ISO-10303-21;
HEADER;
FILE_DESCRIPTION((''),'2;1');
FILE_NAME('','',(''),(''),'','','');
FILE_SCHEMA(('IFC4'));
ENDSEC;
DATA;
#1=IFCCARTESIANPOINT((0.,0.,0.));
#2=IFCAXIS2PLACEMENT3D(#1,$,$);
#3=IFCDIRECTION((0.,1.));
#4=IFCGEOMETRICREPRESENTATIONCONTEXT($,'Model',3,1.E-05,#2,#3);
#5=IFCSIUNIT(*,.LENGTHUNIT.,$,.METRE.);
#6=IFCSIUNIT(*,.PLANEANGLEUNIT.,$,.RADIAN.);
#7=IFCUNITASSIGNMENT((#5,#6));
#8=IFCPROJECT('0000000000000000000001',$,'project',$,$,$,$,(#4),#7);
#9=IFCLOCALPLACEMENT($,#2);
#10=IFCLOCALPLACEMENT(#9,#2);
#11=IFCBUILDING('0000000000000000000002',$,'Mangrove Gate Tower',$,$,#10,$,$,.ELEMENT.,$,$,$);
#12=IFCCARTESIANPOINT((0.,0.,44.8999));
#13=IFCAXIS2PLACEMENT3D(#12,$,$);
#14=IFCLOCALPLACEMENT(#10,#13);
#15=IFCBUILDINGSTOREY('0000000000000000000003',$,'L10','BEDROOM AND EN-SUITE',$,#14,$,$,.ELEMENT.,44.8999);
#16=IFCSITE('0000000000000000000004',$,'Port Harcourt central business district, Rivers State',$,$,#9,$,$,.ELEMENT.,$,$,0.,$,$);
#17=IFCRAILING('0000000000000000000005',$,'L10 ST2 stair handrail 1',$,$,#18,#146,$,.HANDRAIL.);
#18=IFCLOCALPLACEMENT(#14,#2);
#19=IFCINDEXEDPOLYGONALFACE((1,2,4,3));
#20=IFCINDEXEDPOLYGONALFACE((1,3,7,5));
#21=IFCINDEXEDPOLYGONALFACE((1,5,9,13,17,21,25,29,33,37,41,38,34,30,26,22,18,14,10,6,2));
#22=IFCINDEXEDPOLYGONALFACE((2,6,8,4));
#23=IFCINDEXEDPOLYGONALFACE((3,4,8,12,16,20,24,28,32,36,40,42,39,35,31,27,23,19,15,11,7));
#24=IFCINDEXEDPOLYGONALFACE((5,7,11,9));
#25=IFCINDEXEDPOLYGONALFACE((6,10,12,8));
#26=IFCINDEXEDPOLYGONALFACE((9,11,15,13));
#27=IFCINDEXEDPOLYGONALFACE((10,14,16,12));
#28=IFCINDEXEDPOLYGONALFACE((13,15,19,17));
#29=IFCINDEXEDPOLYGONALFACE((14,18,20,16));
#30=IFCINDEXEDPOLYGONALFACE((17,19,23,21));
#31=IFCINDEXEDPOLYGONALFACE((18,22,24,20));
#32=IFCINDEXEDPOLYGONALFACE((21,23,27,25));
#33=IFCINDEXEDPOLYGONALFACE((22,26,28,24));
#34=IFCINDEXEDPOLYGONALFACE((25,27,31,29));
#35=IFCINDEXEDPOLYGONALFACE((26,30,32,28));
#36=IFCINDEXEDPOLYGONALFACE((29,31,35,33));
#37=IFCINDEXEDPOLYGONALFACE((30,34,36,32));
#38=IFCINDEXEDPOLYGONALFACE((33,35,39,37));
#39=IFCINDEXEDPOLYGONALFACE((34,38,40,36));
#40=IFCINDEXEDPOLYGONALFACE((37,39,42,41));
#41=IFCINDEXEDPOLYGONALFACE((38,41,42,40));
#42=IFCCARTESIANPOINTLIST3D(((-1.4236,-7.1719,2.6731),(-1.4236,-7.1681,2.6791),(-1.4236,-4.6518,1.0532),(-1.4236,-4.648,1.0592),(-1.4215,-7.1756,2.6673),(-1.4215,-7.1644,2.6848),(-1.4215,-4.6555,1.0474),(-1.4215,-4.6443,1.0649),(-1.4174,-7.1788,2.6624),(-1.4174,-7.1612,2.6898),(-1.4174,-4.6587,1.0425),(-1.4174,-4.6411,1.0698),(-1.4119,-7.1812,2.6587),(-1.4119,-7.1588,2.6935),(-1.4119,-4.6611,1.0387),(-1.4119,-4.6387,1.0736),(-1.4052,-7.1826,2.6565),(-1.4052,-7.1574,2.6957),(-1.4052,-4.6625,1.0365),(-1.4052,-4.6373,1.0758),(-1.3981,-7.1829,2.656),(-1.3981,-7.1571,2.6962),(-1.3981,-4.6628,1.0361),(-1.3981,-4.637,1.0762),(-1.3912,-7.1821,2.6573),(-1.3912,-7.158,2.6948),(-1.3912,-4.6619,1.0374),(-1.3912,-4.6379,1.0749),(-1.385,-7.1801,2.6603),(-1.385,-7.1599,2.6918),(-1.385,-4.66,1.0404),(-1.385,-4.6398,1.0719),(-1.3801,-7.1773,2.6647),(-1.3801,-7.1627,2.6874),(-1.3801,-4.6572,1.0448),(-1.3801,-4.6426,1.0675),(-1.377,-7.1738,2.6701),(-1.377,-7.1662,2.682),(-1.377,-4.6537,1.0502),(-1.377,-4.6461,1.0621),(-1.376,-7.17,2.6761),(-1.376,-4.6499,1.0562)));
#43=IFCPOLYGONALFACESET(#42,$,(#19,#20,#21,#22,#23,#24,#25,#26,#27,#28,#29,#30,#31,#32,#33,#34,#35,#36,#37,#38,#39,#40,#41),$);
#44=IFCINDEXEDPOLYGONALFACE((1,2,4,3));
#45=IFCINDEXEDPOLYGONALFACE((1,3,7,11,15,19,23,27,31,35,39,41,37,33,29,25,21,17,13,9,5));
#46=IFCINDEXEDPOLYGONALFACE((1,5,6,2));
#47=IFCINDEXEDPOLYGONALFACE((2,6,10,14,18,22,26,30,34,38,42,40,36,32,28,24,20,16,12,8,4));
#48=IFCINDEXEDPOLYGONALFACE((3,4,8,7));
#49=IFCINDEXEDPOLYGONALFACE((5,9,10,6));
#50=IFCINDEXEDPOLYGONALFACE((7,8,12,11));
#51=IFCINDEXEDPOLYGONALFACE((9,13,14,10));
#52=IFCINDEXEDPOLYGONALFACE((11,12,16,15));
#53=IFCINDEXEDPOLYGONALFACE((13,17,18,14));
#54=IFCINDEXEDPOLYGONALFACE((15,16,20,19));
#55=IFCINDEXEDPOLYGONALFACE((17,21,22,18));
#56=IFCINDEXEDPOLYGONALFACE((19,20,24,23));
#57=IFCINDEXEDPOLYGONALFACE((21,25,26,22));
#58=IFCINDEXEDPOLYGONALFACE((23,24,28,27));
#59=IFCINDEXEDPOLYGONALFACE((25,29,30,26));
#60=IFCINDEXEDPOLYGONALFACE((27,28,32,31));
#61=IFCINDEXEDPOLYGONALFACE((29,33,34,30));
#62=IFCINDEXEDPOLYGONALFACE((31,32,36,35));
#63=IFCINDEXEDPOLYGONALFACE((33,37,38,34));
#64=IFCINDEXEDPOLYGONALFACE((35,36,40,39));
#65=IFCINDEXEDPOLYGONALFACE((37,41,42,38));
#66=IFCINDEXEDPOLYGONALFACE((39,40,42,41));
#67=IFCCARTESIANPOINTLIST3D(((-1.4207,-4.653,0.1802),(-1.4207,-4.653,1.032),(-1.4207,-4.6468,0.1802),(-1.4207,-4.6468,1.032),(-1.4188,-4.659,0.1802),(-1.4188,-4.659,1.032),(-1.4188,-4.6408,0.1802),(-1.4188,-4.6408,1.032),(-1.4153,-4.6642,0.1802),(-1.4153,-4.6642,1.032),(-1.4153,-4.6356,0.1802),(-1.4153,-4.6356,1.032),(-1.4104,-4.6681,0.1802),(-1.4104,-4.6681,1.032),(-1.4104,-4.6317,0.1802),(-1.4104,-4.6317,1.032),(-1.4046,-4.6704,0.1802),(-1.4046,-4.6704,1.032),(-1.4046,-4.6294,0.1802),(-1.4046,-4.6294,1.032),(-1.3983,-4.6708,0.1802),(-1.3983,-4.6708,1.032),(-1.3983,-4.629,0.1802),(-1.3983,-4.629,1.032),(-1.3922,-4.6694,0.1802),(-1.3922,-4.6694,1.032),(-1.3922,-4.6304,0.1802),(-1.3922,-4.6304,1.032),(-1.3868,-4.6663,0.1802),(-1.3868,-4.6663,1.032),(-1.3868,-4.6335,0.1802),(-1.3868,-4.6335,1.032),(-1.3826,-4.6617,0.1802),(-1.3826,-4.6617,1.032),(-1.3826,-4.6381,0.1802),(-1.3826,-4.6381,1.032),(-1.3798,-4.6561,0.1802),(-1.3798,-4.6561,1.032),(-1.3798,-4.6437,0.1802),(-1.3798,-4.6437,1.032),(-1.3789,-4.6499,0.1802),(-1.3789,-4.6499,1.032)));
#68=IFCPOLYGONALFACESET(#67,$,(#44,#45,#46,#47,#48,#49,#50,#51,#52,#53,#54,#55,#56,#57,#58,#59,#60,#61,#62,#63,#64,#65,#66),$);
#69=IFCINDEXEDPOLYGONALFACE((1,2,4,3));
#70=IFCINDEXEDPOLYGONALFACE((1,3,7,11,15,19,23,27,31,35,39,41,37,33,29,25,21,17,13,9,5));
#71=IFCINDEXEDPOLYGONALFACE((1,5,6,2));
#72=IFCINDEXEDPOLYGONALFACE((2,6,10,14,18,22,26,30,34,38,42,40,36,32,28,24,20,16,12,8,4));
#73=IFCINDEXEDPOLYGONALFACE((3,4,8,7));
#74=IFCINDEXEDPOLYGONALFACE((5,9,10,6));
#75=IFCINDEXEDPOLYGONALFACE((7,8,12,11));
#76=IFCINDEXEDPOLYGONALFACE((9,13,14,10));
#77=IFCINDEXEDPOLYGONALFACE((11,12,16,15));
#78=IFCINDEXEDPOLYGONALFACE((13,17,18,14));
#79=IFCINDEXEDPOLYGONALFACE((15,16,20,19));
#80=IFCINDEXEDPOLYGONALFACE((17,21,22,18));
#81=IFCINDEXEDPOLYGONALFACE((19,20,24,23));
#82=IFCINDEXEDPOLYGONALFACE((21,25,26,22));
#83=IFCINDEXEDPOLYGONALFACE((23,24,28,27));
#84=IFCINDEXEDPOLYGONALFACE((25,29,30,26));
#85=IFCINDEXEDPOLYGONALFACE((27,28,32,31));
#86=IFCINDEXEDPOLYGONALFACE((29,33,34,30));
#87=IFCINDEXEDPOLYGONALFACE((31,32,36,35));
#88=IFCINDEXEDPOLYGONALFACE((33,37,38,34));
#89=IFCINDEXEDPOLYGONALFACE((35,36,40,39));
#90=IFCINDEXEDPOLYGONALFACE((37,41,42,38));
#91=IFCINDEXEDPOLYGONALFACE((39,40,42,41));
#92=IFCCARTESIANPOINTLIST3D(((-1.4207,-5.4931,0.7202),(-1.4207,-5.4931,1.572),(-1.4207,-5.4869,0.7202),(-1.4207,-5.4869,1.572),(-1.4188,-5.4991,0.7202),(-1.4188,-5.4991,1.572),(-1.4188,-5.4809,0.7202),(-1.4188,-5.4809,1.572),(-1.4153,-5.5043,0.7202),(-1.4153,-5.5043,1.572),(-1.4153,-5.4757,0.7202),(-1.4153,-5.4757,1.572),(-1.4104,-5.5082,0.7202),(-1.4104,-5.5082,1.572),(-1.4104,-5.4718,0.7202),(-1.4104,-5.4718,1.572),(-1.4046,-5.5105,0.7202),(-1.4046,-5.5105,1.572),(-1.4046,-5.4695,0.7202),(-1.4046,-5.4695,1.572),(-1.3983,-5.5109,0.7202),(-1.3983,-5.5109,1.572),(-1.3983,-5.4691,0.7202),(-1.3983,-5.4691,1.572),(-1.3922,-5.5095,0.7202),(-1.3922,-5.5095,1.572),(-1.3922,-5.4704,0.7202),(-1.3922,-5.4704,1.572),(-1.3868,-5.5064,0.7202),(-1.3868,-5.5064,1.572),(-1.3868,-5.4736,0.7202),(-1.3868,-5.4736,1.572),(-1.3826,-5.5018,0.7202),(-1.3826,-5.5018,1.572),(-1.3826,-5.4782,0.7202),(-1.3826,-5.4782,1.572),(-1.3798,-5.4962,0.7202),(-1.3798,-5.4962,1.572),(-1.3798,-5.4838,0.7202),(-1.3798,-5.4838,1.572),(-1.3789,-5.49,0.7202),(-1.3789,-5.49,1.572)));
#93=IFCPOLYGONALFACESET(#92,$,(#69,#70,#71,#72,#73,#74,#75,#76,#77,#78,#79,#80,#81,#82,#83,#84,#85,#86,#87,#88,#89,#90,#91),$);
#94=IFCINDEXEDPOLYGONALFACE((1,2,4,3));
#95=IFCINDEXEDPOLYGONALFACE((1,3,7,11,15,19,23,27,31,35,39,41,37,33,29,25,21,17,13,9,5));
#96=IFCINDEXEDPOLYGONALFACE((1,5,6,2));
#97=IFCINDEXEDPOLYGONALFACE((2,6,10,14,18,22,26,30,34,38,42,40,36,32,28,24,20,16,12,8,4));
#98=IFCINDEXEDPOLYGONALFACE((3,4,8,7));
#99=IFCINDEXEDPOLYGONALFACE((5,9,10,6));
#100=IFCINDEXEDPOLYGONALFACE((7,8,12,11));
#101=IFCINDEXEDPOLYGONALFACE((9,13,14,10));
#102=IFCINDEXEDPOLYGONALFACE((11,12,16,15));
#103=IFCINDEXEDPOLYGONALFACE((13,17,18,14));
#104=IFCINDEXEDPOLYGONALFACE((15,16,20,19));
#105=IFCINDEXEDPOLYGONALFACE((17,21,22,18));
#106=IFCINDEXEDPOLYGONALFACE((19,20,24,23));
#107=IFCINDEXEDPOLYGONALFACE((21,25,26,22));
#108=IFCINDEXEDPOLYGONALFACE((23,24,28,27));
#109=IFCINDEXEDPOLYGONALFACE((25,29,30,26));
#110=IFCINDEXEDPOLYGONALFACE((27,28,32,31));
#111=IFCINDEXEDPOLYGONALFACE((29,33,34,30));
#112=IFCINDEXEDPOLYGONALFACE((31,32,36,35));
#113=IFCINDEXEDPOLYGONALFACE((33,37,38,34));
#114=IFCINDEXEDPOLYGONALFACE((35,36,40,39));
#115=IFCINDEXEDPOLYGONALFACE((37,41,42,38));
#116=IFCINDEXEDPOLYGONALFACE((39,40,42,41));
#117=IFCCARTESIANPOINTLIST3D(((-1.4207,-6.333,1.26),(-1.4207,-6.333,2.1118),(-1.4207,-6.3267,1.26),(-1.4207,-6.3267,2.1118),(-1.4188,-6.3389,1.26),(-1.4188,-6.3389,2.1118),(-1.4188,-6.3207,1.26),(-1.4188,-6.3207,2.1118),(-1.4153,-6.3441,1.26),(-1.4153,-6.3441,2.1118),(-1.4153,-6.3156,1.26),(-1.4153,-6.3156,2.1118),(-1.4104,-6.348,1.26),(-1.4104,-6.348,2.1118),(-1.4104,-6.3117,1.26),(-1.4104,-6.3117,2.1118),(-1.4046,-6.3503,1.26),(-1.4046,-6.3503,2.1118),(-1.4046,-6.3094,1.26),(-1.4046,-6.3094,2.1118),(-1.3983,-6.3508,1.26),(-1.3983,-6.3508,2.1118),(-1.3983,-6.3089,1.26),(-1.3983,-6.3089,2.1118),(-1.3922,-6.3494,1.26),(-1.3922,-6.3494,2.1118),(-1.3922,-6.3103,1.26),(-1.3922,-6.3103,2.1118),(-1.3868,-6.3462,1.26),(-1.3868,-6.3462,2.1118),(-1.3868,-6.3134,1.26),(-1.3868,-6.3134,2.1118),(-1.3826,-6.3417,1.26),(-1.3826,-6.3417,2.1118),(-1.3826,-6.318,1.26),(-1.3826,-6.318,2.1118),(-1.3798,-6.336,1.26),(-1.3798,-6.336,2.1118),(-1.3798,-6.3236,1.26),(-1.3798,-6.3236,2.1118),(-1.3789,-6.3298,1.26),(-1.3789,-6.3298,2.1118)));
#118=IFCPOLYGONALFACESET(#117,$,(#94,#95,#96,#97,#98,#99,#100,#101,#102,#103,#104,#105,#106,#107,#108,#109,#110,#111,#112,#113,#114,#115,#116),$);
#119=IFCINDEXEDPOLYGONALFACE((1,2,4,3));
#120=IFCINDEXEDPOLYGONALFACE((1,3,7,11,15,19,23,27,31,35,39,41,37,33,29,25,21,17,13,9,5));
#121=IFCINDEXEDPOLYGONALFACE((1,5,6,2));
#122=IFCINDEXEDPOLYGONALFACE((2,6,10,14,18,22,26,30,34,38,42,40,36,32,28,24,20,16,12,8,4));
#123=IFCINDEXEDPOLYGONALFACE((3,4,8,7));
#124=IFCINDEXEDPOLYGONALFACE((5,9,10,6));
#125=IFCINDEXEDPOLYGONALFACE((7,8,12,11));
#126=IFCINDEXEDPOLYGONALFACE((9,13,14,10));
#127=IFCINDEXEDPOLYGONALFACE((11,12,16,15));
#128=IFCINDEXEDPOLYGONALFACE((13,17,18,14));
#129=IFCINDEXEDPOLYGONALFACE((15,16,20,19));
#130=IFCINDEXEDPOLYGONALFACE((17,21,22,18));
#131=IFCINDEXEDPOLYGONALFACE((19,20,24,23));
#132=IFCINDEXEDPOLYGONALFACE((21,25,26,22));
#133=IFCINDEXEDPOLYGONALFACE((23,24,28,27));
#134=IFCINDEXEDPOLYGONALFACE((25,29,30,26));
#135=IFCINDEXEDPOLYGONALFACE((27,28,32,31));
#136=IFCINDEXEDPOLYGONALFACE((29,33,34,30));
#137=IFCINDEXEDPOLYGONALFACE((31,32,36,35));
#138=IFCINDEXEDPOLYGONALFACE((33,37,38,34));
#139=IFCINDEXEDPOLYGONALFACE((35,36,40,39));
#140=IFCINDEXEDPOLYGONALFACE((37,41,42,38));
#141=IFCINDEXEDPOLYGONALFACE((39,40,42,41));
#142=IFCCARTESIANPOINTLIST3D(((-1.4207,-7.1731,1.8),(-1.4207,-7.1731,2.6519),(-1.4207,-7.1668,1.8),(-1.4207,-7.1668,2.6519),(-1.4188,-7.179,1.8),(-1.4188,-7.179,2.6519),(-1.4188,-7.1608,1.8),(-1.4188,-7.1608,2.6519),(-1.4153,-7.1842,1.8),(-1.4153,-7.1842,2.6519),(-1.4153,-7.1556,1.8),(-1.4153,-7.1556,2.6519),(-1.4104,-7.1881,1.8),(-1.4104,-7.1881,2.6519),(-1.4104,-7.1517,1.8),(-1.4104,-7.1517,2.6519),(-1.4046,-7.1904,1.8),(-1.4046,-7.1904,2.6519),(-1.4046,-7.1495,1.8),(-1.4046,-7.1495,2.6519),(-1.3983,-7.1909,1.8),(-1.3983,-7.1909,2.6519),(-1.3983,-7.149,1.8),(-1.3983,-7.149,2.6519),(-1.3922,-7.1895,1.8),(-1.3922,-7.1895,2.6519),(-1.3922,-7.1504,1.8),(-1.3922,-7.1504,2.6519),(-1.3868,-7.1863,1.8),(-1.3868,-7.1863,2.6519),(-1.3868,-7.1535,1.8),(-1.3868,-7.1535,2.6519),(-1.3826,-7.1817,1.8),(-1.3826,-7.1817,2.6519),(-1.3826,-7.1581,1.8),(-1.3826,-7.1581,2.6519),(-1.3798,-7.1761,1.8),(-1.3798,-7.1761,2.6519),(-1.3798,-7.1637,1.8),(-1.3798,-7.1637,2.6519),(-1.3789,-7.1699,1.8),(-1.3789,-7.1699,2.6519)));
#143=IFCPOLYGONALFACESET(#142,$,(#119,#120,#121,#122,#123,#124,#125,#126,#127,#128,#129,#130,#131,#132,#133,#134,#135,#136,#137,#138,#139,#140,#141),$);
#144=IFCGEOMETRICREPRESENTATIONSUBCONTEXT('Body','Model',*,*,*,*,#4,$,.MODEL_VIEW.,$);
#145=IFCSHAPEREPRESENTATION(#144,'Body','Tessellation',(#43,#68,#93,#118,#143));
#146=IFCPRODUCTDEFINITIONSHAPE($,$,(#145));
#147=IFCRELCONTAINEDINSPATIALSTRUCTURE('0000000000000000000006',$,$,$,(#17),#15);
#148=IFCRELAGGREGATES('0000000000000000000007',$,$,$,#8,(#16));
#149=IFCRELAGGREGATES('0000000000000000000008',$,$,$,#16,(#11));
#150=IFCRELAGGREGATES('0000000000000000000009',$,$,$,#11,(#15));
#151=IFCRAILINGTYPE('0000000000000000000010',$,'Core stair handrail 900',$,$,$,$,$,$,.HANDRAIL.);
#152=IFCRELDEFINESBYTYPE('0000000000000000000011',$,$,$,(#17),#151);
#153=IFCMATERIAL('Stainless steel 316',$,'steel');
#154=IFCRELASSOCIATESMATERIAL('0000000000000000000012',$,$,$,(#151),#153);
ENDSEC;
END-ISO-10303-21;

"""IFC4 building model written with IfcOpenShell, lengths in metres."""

from ifc_helpers import new_model, si_unit, direction, frame, origin, origin_2d, place, context, subcontext, project, spatial, circle, extrude, material, type_object, element, save


model = new_model("IFC4")

# Units and contexts
model_context = context("Model", 3, precision=1e-05, world=origin(), true_north=direction((0.0, 1.0)))
body_context = subcontext(model_context, "Body", "Model", "MODEL_VIEW")
ifc_project = project(units=[si_unit("LENGTHUNIT", "METRE"), si_unit("PLANEANGLEUNIT", "RADIAN")], contexts=[model_context])

# Site, building, storey
site_placement = place(None, origin())
site = spatial("IfcSite", under=ifc_project, at=site_placement, Name="Port Harcourt central business district, Rivers State", CompositionType="ELEMENT", RefElevation=0.0)
building_placement = place(site_placement, origin())
building = spatial("IfcBuilding", under=site, at=building_placement, Name="Mangrove Gate Tower", CompositionType="ELEMENT")
storey_placement = place(building_placement, frame((0.0, 0.0, 44.8999)))
storey = spatial("IfcBuildingStorey", under=building, at=storey_placement, Name="L10", Description="BEDROOM AND EN-SUITE", CompositionType="ELEMENT", Elevation=44.8999)

# Railing
ifc_material_1 = material(Name="Stainless steel 316", Category="steel")
railing_type_1 = type_object("IfcRailingType", Name="Core stair handrail 900", PredefinedType="HANDRAIL", material=ifc_material_1)
railing_1_placement = place(storey_placement, frame((-1.3999, -4.6499, 0.1802)))
element("IfcRailing", 1, at=railing_1_placement, inside=storey, type_object=railing_type_1, Name="L10 ST2 stair handrail 1", PredefinedType="HANDRAIL", context=body_context, shape_type="SweptSolid", body=[
    extrude(circle(Radius=0.0239, at=origin_2d()), frame((0.0, 0.0, 0.876), z_axis=(0.0, -0.8412, 0.540725), x_axis=(1.0, 0.0, 0.0)), (0.0, 0.0, 1.0), 2.9958),
    extrude(circle(Radius=0.021, at=origin_2d()), origin(), (0.0, 0.0, 1.0), 0.8518),
    extrude(circle(Radius=0.021, at=origin_2d()), frame((0.0, -0.8401, 0.54)), (0.0, 0.0, 1.0), 0.8518),
    extrude(circle(Radius=0.021, at=origin_2d()), frame((0.0, -1.6799, 1.0798)), (0.0, 0.0, 1.0), 0.8518),
    extrude(circle(Radius=0.021, at=origin_2d()), frame((0.0, -2.52, 1.6199)), (0.0, 0.0, 1.0), 0.8518),
])

save(model, "model.ifc")
